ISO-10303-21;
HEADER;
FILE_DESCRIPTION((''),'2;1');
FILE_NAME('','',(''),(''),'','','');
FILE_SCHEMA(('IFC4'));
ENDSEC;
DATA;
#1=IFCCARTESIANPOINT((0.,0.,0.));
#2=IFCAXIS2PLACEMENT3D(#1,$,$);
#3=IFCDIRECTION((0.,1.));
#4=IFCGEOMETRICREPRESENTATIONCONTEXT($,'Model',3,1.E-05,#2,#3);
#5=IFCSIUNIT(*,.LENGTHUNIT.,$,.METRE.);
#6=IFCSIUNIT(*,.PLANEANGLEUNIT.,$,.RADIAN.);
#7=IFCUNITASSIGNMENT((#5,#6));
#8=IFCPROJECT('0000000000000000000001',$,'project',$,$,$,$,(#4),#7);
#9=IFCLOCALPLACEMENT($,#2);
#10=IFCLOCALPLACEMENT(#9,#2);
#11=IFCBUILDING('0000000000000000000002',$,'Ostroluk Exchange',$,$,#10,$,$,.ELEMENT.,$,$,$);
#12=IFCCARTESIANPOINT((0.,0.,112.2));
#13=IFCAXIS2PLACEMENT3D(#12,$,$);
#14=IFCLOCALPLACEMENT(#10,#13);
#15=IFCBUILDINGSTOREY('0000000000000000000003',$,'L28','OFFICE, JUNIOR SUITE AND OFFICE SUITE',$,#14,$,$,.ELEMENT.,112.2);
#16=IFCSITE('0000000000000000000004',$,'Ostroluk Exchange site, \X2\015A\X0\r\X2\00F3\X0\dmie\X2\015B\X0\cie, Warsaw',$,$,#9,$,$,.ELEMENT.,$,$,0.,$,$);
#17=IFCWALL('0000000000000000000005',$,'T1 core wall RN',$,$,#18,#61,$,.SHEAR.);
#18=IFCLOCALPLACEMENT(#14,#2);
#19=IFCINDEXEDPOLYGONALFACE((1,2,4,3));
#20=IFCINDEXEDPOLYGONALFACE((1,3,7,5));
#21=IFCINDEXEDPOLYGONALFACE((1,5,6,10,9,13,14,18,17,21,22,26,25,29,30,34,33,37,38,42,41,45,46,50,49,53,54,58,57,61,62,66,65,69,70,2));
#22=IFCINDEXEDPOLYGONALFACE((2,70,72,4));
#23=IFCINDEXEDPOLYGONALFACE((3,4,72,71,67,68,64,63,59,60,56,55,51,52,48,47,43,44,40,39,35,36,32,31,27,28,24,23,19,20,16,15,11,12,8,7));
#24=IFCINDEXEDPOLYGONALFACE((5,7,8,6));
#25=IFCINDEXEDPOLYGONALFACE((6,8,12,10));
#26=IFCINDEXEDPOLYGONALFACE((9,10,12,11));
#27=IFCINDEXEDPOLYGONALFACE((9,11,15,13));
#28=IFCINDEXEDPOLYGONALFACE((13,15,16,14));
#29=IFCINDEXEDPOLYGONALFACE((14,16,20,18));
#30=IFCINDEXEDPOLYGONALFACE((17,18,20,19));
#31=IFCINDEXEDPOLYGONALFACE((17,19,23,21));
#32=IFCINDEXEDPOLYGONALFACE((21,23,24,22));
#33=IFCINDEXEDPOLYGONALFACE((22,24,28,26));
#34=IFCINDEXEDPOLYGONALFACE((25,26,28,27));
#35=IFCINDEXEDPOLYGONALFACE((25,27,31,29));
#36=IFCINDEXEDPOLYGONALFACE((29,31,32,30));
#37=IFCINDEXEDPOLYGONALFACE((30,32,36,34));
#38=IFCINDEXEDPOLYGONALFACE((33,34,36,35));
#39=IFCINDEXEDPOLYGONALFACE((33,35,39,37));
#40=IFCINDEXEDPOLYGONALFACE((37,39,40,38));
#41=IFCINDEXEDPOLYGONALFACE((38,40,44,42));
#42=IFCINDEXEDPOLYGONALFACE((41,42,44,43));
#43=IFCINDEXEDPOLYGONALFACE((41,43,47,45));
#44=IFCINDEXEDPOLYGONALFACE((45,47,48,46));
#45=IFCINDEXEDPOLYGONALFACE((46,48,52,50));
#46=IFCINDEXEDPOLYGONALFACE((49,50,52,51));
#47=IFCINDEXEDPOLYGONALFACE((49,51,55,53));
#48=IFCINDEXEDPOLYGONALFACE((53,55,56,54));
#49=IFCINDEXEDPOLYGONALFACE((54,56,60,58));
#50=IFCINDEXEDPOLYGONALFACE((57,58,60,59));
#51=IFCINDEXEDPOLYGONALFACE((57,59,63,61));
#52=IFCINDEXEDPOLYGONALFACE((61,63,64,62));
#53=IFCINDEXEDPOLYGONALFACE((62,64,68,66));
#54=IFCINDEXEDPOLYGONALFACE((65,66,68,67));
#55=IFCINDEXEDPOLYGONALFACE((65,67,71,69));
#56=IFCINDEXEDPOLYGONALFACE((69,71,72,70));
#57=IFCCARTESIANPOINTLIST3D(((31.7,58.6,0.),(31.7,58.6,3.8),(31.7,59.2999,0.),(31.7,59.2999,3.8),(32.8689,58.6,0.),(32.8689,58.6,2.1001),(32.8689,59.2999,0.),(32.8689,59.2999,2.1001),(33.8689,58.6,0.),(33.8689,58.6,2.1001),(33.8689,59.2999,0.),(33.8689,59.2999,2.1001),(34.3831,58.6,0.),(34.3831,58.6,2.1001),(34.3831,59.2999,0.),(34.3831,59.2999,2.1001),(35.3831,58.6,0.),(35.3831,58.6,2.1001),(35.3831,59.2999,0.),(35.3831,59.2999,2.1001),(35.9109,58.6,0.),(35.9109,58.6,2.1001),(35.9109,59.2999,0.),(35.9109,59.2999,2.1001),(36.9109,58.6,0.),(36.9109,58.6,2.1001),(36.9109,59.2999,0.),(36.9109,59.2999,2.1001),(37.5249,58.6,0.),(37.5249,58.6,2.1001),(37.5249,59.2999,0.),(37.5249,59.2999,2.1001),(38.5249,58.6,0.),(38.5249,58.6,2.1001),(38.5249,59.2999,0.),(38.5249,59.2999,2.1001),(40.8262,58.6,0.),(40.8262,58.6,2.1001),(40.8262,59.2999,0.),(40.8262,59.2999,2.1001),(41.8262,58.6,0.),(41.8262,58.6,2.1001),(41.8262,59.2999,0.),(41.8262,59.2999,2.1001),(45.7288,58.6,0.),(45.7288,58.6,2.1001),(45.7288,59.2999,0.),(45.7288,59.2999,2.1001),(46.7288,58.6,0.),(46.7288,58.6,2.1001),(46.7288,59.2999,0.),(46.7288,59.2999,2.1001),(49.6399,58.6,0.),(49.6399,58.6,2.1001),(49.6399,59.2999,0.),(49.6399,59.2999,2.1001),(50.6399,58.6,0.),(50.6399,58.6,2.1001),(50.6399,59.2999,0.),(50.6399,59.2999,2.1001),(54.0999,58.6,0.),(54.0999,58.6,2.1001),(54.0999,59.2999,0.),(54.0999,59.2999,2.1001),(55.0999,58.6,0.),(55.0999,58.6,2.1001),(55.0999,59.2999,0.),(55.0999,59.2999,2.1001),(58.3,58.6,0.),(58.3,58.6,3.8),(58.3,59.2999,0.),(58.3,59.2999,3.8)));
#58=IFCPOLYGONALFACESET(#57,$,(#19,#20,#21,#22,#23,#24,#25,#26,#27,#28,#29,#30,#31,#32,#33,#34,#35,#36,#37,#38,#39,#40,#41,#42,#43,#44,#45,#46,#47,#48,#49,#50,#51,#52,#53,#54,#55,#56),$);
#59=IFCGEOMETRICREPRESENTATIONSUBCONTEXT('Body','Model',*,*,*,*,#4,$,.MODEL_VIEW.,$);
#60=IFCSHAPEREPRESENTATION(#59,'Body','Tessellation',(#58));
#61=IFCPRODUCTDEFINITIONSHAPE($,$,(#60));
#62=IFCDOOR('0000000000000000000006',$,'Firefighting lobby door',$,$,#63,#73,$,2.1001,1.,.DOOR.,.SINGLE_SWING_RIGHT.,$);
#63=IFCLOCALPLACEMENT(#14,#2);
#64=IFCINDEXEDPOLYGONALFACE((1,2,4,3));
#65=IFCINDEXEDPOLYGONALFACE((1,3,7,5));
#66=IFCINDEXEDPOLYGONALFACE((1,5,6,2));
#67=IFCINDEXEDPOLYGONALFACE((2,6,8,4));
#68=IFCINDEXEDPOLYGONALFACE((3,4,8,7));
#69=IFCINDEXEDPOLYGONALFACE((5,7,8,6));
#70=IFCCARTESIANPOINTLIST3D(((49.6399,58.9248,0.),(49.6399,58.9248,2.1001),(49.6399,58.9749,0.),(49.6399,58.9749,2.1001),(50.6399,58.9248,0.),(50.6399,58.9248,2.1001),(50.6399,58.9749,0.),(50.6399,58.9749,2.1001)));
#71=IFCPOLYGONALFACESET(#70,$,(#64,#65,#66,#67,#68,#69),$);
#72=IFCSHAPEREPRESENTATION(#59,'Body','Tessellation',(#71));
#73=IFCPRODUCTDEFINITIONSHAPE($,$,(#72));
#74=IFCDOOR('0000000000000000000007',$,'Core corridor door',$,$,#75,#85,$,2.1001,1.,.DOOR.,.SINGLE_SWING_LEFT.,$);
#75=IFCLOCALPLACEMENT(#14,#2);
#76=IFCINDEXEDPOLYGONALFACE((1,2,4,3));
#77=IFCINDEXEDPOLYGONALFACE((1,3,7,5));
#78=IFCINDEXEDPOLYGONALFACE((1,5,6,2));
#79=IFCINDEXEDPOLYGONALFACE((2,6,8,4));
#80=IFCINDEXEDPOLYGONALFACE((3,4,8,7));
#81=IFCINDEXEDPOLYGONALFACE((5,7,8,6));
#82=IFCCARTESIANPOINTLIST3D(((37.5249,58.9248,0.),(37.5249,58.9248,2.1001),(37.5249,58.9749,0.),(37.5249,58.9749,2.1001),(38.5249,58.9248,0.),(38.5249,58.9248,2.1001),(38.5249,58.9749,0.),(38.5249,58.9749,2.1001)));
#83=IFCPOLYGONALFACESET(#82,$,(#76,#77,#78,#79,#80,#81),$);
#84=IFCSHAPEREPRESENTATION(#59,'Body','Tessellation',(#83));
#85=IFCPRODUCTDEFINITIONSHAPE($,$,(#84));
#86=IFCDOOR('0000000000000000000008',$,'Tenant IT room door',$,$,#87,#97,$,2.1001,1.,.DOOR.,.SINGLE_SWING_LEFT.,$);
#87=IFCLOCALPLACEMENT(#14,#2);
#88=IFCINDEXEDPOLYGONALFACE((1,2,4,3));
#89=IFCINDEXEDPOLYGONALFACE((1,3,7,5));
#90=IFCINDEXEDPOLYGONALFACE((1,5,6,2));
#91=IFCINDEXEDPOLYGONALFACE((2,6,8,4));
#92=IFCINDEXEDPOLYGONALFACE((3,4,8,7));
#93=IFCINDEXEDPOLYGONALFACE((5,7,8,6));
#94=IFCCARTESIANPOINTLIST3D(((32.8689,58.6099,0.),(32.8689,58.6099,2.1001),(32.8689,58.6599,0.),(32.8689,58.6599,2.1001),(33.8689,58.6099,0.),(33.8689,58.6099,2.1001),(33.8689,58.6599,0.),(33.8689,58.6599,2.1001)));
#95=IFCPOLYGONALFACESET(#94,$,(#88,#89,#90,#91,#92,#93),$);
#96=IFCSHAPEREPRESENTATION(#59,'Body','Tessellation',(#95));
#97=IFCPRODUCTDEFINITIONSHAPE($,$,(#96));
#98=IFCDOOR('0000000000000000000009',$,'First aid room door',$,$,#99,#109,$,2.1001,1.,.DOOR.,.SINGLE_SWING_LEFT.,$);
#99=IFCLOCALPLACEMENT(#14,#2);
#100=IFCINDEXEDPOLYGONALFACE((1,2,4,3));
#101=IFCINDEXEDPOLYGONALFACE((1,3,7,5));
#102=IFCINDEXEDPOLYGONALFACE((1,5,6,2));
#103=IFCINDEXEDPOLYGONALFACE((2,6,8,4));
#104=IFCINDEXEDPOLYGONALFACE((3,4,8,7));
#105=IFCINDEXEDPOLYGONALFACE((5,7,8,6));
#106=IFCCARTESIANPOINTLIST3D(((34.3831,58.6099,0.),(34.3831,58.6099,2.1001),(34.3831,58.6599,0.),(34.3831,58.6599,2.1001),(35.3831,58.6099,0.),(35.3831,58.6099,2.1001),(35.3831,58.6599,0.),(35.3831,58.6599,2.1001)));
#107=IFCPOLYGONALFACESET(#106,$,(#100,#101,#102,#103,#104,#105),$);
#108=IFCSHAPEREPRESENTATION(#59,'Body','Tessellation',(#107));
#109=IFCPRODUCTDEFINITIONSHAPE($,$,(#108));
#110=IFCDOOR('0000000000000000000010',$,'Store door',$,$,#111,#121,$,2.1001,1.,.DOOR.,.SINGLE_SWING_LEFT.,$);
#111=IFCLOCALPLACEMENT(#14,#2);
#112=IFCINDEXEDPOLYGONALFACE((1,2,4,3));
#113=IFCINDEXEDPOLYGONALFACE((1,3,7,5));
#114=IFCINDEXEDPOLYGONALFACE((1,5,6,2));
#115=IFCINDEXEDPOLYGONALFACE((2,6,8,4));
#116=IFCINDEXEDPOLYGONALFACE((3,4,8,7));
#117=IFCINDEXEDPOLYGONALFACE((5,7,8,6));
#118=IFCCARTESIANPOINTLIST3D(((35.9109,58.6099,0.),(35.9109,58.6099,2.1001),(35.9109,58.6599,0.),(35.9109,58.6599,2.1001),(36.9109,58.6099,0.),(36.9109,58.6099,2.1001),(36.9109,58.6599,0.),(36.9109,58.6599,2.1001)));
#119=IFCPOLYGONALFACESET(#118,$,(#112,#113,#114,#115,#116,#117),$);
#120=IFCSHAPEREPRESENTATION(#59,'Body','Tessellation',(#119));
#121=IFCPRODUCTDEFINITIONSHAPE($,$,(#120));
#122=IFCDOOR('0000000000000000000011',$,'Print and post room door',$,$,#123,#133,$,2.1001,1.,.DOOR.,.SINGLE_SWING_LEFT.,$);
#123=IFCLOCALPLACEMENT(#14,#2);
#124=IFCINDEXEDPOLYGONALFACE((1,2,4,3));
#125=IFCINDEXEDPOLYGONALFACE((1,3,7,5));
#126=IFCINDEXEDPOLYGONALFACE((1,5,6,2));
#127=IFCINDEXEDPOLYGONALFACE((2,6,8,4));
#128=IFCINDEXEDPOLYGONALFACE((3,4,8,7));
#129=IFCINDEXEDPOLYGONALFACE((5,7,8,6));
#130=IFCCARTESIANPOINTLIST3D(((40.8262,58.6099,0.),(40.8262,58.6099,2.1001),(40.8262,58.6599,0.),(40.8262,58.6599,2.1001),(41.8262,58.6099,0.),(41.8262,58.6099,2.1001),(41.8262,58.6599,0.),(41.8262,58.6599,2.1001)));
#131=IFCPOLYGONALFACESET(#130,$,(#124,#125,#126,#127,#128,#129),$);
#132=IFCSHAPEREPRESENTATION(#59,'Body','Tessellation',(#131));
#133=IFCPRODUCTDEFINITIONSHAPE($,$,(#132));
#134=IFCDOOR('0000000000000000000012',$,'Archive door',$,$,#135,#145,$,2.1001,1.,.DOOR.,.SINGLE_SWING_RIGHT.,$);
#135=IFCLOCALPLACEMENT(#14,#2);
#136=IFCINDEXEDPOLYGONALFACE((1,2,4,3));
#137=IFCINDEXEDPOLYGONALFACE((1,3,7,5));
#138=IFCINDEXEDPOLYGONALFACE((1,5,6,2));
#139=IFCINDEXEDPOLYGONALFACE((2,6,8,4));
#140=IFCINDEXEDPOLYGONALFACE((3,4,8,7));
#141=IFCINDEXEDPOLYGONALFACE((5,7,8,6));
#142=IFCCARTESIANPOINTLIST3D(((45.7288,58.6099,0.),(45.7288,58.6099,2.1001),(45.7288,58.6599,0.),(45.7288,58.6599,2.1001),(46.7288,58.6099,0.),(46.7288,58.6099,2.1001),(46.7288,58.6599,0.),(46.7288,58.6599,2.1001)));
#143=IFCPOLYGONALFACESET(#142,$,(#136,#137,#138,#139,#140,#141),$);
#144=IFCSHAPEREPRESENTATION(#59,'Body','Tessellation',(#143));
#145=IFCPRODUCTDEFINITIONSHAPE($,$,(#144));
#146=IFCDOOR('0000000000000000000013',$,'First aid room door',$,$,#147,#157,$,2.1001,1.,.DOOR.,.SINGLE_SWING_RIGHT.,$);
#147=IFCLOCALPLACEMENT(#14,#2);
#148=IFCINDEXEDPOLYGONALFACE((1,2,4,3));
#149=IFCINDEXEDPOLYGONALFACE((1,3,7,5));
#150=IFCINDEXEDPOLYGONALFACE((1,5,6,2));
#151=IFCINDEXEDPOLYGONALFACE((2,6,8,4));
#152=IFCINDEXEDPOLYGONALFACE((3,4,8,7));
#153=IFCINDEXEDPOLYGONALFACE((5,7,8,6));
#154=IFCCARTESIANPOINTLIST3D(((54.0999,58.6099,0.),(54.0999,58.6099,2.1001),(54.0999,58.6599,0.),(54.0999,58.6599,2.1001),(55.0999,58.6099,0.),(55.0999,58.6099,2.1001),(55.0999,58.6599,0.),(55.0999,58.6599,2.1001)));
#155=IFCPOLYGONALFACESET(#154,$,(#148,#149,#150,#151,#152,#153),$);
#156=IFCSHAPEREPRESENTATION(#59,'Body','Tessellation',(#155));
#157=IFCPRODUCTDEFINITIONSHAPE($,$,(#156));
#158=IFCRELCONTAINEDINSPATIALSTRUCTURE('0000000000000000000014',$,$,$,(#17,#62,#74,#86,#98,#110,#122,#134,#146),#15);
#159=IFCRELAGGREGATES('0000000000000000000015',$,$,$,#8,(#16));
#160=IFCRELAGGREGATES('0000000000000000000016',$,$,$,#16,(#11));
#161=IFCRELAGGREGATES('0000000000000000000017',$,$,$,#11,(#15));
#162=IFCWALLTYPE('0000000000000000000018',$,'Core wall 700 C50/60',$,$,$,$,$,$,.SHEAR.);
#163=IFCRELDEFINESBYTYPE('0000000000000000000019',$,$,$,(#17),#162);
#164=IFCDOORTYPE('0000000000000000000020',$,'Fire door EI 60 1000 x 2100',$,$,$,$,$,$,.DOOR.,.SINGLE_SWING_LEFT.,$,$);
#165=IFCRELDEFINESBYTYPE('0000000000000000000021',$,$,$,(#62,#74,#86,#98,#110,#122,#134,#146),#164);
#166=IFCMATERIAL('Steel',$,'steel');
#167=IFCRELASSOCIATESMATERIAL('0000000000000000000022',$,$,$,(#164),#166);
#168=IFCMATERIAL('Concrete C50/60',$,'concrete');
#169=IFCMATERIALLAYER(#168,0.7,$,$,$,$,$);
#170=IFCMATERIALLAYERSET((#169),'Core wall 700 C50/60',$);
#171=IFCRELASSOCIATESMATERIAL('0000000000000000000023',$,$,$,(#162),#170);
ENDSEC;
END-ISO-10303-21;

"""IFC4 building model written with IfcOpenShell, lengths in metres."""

from ifc_helpers import new_model, si_unit, direction, frame, frame_2d, origin, place, context, subcontext, project, spatial, rectangle, extrude, material, layer, layer_set, type_object, element, fill, save


model = new_model("IFC4")

# Units and contexts
model_context = context("Model", 3, precision=1e-05, world=origin(), true_north=direction((0.0, 1.0)))
body_context = subcontext(model_context, "Body", "Model", "MODEL_VIEW")
ifc_project = project(units=[si_unit("LENGTHUNIT", "METRE"), si_unit("PLANEANGLEUNIT", "RADIAN")], contexts=[model_context])

# Site, building, storey
site_placement = place(None, origin())
site = spatial("IfcSite", under=ifc_project, at=site_placement, Name="Ostroluk Exchange site, Śródmieście, Warsaw", CompositionType="ELEMENT", RefElevation=0.0)
building_placement = place(site_placement, origin())
building = spatial("IfcBuilding", under=site, at=building_placement, Name="Ostroluk Exchange", CompositionType="ELEMENT")
storey_placement = place(building_placement, frame((0.0, 0.0, 112.2)))
storey = spatial("IfcBuildingStorey", under=building, at=storey_placement, Name="L28", Description="OFFICE, JUNIOR SUITE AND OFFICE SUITE", CompositionType="ELEMENT", Elevation=112.2)

# Wall, openings, doors
ifc_material_1 = material(Name="Steel", Category="steel")
door_type = type_object("IfcDoorType", Name="Fire door EI 60 1000 x 2100", OperationType="SINGLE_SWING_LEFT", PredefinedType="DOOR", material=ifc_material_1)
ifc_material_2 = material(Name="Concrete C50/60", Category="concrete")
ifc_layer_1 = layer(ifc_material_2, 0.7)
ifc_layer_set_1 = layer_set([ifc_layer_1], Name="Core wall 700 C50/60")
wall_type_1 = type_object("IfcWallType", Name="Core wall 700 C50/60", PredefinedType="SHEAR", material=ifc_layer_set_1)
wall_1_placement = place(storey_placement, frame((31.7, 58.95, 0.0), z_axis=(0.0, 0.0, 1.0), x_axis=(1.0, 0.0, 0.0)))
wall_1 = element("IfcWall", 1, at=wall_1_placement, inside=storey, type_object=wall_type_1, Name="T1 core wall RN", PredefinedType="SHEAR", context=body_context, shape_type="SweptSolid", body=[
    extrude(rectangle(XDim=26.6001, YDim=0.7, at=frame_2d((13.3, 0.0))), origin(), (0.0, 0.0, 1.0), 3.8),
])
opening_1_placement = place(wall_1_placement, frame((17.9399, 0.0, 0.0)))
opening_1 = element("IfcOpeningElement", 2, at=opening_1_placement, cuts=wall_1, PredefinedType="OPENING", context=body_context, shape_type="SweptSolid", body=[
    extrude(rectangle(XDim=1.0, YDim=2.1001, at=frame_2d((0.5, 1.05))), frame((0.0, 0.3599, 0.0), z_axis=(0.0, -1.0, 0.0), x_axis=(1.0, 0.0, 0.0)), (0.0, 0.0, 1.0), 0.72),
])
opening_2_placement = place(wall_1_placement, frame((5.825, 0.0, 0.0)))
opening_2 = element("IfcOpeningElement", 3, at=opening_2_placement, cuts=wall_1, PredefinedType="OPENING", context=body_context, shape_type="SweptSolid", body=[
    extrude(rectangle(XDim=1.0, YDim=2.1001, at=frame_2d((0.5, 1.05))), frame((0.0, 0.3599, 0.0), z_axis=(0.0, -1.0, 0.0), x_axis=(1.0, 0.0, 0.0)), (0.0, 0.0, 1.0), 0.72),
])
opening_3_placement = place(wall_1_placement, frame((1.1689, 0.0, 0.0)))
opening_3 = element("IfcOpeningElement", 4, at=opening_3_placement, cuts=wall_1, PredefinedType="OPENING", context=body_context, shape_type="SweptSolid", body=[
    extrude(rectangle(XDim=1.0, YDim=2.1001, at=frame_2d((0.5, 1.05))), frame((0.0, 0.3599, 0.0), z_axis=(0.0, -1.0, 0.0), x_axis=(1.0, 0.0, 0.0)), (0.0, 0.0, 1.0), 0.72),
])
opening_4_placement = place(wall_1_placement, frame((2.6831, 0.0, 0.0)))
opening_4 = element("IfcOpeningElement", 5, at=opening_4_placement, cuts=wall_1, PredefinedType="OPENING", context=body_context, shape_type="SweptSolid", body=[
    extrude(rectangle(XDim=1.0, YDim=2.1001, at=frame_2d((0.5, 1.05))), frame((0.0, 0.3599, 0.0), z_axis=(0.0, -1.0, 0.0), x_axis=(1.0, 0.0, 0.0)), (0.0, 0.0, 1.0), 0.72),
])
opening_5_placement = place(wall_1_placement, frame((4.2109, 0.0, 0.0)))
opening_5 = element("IfcOpeningElement", 6, at=opening_5_placement, cuts=wall_1, PredefinedType="OPENING", context=body_context, shape_type="SweptSolid", body=[
    extrude(rectangle(XDim=1.0, YDim=2.1001, at=frame_2d((0.5, 1.05))), frame((0.0, 0.3599, 0.0), z_axis=(0.0, -1.0, 0.0), x_axis=(1.0, 0.0, 0.0)), (0.0, 0.0, 1.0), 0.72),
])
opening_6_placement = place(wall_1_placement, frame((9.1262, 0.0, 0.0)))
opening_6 = element("IfcOpeningElement", 7, at=opening_6_placement, cuts=wall_1, PredefinedType="OPENING", context=body_context, shape_type="SweptSolid", body=[
    extrude(rectangle(XDim=1.0, YDim=2.1001, at=frame_2d((0.5, 1.05))), frame((0.0, 0.3599, 0.0), z_axis=(0.0, -1.0, 0.0), x_axis=(1.0, 0.0, 0.0)), (0.0, 0.0, 1.0), 0.72),
])
opening_7_placement = place(wall_1_placement, frame((14.0288, 0.0, 0.0)))
opening_7 = element("IfcOpeningElement", 8, at=opening_7_placement, cuts=wall_1, PredefinedType="OPENING", context=body_context, shape_type="SweptSolid", body=[
    extrude(rectangle(XDim=1.0, YDim=2.1001, at=frame_2d((0.5, 1.05))), frame((0.0, 0.3599, 0.0), z_axis=(0.0, -1.0, 0.0), x_axis=(1.0, 0.0, 0.0)), (0.0, 0.0, 1.0), 0.72),
])
opening_8_placement = place(wall_1_placement, frame((22.3999, 0.0, 0.0)))
opening_8 = element("IfcOpeningElement", 9, at=opening_8_placement, cuts=wall_1, PredefinedType="OPENING", context=body_context, shape_type="SweptSolid", body=[
    extrude(rectangle(XDim=1.0, YDim=2.1001, at=frame_2d((0.5, 1.05))), frame((0.0, 0.3599, 0.0), z_axis=(0.0, -1.0, 0.0), x_axis=(1.0, 0.0, 0.0)), (0.0, 0.0, 1.0), 0.72),
])
door_1_placement = place(opening_1_placement, origin())
door_1 = element("IfcDoor", 10, at=door_1_placement, inside=storey, type_object=door_type, Name="Firefighting lobby door", OperationType="SINGLE_SWING_RIGHT", OverallHeight=2.1001, OverallWidth=1.0, PredefinedType="DOOR", context=body_context, shape_type="SweptSolid", body=[
    extrude(rectangle(XDim=1.0, YDim=2.1001, at=frame_2d((0.5, 1.05))), frame((0.0, 0.0249, 0.0), z_axis=(0.0, -1.0, 0.0), x_axis=(1.0, 0.0, 0.0)), (0.0, 0.0, 1.0), 0.05),
])
fill(opening_1, door_1)
door_2_placement = place(opening_2_placement, origin())
door_2 = element("IfcDoor", 11, at=door_2_placement, inside=storey, type_object=door_type, Name="Core corridor door", OperationType="SINGLE_SWING_LEFT", OverallHeight=2.1001, OverallWidth=1.0, PredefinedType="DOOR", context=body_context, shape_type="SweptSolid", body=[
    extrude(rectangle(XDim=1.0, YDim=2.1001, at=frame_2d((0.5, 1.05))), frame((0.0, 0.0249, 0.0), z_axis=(0.0, -1.0, 0.0), x_axis=(1.0, 0.0, 0.0)), (0.0, 0.0, 1.0), 0.05),
])
fill(opening_2, door_2)
door_3_placement = place(opening_3_placement, origin())
door_3 = element("IfcDoor", 12, at=door_3_placement, inside=storey, type_object=door_type, Name="Tenant IT room door", OperationType="SINGLE_SWING_LEFT", OverallHeight=2.1001, OverallWidth=1.0, PredefinedType="DOOR", context=body_context, shape_type="SweptSolid", body=[
    extrude(rectangle(XDim=1.0, YDim=2.1001, at=frame_2d((0.5, 1.05))), frame((0.0, -0.29, 0.0), z_axis=(0.0, -1.0, 0.0), x_axis=(1.0, 0.0, 0.0)), (0.0, 0.0, 1.0), 0.05),
])
fill(opening_3, door_3)
door_4_placement = place(opening_4_placement, origin())
door_4 = element("IfcDoor", 13, at=door_4_placement, inside=storey, type_object=door_type, Name="First aid room door", OperationType="SINGLE_SWING_LEFT", OverallHeight=2.1001, OverallWidth=1.0, PredefinedType="DOOR", context=body_context, shape_type="SweptSolid", body=[
    extrude(rectangle(XDim=1.0, YDim=2.1001, at=frame_2d((0.5, 1.05))), frame((0.0, -0.29, 0.0), z_axis=(0.0, -1.0, 0.0), x_axis=(1.0, 0.0, 0.0)), (0.0, 0.0, 1.0), 0.05),
])
fill(opening_4, door_4)
door_5_placement = place(opening_5_placement, origin())
door_5 = element("IfcDoor", 14, at=door_5_placement, inside=storey, type_object=door_type, Name="Store door", OperationType="SINGLE_SWING_LEFT", OverallHeight=2.1001, OverallWidth=1.0, PredefinedType="DOOR", context=body_context, shape_type="SweptSolid", body=[
    extrude(rectangle(XDim=1.0, YDim=2.1001, at=frame_2d((0.5, 1.05))), frame((0.0, -0.29, 0.0), z_axis=(0.0, -1.0, 0.0), x_axis=(1.0, 0.0, 0.0)), (0.0, 0.0, 1.0), 0.05),
])
fill(opening_5, door_5)
door_6_placement = place(opening_6_placement, origin())
door_6 = element("IfcDoor", 15, at=door_6_placement, inside=storey, type_object=door_type, Name="Print and post room door", OperationType="SINGLE_SWING_LEFT", OverallHeight=2.1001, OverallWidth=1.0, PredefinedType="DOOR", context=body_context, shape_type="SweptSolid", body=[
    extrude(rectangle(XDim=1.0, YDim=2.1001, at=frame_2d((0.5, 1.05))), frame((0.0, -0.29, 0.0), z_axis=(0.0, -1.0, 0.0), x_axis=(1.0, 0.0, 0.0)), (0.0, 0.0, 1.0), 0.05),
])
fill(opening_6, door_6)
door_7_placement = place(opening_7_placement, origin())
door_7 = element("IfcDoor", 16, at=door_7_placement, inside=storey, type_object=door_type, Name="Archive door", OperationType="SINGLE_SWING_RIGHT", OverallHeight=2.1001, OverallWidth=1.0, PredefinedType="DOOR", context=body_context, shape_type="SweptSolid", body=[
    extrude(rectangle(XDim=1.0, YDim=2.1001, at=frame_2d((0.5, 1.05))), frame((0.0, -0.29, 0.0), z_axis=(0.0, -1.0, 0.0), x_axis=(1.0, 0.0, 0.0)), (0.0, 0.0, 1.0), 0.05),
])
fill(opening_7, door_7)
door_8_placement = place(opening_8_placement, origin())
door_8 = element("IfcDoor", 17, at=door_8_placement, inside=storey, type_object=door_type, Name="First aid room door", OperationType="SINGLE_SWING_RIGHT", OverallHeight=2.1001, OverallWidth=1.0, PredefinedType="DOOR", context=body_context, shape_type="SweptSolid", body=[
    extrude(rectangle(XDim=1.0, YDim=2.1001, at=frame_2d((0.5, 1.05))), frame((0.0, -0.29, 0.0), z_axis=(0.0, -1.0, 0.0), x_axis=(1.0, 0.0, 0.0)), (0.0, 0.0, 1.0), 0.05),
])
fill(opening_8, door_8)

save(model, "model.ifc")
